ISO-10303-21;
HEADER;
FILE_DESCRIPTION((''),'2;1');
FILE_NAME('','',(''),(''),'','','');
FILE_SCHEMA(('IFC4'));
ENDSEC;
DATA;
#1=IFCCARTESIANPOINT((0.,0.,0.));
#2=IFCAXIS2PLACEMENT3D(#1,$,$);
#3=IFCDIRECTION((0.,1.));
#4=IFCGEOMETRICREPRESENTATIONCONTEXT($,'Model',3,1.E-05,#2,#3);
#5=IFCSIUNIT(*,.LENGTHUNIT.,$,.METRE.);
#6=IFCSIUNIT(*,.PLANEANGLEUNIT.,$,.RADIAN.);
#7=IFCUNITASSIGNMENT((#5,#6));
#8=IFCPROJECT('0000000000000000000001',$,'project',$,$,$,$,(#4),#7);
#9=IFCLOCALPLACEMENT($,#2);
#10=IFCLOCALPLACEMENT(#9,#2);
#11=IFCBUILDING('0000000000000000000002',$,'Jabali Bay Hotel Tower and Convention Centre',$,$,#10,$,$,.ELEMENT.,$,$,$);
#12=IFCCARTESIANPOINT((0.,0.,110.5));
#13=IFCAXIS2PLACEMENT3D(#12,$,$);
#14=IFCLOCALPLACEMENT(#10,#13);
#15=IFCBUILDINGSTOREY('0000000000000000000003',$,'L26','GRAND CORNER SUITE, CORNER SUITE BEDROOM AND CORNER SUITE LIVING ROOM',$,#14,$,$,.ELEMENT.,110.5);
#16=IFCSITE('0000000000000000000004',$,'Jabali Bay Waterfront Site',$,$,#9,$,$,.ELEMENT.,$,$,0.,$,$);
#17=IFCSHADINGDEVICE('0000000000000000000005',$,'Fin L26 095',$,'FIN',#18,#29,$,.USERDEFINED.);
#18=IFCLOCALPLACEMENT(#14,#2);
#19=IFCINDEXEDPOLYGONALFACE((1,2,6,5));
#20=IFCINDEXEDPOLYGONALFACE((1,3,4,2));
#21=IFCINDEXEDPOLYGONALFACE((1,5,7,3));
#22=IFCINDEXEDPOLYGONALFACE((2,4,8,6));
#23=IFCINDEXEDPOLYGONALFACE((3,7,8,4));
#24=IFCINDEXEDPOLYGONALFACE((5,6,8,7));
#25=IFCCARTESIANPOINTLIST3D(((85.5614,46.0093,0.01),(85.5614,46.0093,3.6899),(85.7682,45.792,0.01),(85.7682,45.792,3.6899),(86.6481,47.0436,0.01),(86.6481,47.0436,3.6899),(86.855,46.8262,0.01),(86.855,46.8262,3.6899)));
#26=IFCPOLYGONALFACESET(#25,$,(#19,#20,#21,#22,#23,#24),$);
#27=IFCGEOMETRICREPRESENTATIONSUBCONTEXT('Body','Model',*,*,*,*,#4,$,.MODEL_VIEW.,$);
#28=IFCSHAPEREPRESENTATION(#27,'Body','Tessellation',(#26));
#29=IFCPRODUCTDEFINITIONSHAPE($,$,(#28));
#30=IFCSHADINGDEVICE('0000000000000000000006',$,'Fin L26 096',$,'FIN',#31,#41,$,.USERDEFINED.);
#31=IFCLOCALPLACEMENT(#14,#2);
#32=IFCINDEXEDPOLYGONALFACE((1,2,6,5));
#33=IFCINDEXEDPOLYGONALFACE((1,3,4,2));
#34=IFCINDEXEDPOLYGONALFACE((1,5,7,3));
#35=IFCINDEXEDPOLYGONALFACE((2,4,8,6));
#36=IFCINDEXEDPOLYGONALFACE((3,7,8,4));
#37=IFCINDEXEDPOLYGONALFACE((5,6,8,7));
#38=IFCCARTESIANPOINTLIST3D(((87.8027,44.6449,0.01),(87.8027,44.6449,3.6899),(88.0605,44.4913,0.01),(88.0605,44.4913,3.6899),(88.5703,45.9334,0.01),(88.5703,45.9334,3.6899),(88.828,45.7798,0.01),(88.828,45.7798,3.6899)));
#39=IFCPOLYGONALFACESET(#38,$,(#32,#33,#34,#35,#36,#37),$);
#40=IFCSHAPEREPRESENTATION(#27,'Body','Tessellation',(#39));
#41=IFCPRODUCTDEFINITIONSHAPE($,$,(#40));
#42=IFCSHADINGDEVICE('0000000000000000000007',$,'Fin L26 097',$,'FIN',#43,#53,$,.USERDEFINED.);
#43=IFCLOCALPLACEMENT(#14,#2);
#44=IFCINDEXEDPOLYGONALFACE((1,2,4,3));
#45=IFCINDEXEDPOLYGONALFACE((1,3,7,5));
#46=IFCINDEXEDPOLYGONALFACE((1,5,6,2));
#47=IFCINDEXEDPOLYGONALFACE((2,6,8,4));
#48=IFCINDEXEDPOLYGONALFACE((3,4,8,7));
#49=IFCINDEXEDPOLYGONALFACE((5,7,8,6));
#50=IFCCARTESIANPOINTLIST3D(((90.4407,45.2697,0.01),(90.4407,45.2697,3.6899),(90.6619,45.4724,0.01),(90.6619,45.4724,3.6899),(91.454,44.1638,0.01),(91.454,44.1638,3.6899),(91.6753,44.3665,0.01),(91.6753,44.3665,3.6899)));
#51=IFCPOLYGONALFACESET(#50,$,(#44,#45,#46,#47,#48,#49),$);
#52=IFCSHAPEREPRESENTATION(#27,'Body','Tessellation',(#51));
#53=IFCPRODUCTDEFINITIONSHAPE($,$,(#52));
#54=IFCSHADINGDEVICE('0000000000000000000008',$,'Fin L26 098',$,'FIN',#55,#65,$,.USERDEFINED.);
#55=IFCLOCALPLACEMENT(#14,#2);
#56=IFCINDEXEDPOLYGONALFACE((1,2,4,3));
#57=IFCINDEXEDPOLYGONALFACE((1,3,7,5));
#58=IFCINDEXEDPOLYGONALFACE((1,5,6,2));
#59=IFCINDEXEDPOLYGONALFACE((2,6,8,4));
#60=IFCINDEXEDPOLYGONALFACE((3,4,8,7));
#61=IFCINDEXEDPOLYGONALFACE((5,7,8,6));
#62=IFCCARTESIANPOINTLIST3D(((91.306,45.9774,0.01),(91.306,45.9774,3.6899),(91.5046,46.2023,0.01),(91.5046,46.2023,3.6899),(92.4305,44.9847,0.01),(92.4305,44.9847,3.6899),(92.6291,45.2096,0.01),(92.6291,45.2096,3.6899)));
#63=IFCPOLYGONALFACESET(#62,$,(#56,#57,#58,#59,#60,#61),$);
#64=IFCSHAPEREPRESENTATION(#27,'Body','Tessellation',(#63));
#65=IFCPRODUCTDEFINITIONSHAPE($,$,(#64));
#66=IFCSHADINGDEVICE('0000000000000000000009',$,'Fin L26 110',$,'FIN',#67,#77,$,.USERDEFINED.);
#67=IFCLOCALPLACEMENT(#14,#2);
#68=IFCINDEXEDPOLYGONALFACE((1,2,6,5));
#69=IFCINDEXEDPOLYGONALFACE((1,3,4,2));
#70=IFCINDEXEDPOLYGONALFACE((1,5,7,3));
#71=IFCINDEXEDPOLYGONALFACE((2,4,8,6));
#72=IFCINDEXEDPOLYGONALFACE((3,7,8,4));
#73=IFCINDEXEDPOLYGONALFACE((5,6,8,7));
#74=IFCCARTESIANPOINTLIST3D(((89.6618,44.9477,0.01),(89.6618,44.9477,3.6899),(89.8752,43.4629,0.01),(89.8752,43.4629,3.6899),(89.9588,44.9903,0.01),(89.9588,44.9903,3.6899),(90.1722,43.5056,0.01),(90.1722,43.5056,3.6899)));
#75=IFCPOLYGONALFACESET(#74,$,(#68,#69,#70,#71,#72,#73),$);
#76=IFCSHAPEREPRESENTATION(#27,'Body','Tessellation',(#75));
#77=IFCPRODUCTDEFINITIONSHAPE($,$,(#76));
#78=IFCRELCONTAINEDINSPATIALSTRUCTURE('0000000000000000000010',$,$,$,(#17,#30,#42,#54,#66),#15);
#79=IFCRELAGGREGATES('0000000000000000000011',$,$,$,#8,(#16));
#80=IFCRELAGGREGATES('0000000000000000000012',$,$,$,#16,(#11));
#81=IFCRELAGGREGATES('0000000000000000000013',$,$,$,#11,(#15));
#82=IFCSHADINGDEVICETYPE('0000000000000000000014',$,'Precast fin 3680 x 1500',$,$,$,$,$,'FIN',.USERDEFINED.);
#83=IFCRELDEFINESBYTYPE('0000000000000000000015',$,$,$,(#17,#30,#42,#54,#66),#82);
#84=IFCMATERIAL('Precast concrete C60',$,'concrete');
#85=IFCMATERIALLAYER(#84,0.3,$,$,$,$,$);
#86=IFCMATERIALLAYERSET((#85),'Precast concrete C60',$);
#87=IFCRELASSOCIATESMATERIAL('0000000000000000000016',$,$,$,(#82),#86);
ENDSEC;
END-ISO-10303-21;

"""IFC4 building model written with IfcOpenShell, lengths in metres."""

from ifc_helpers import new_model, si_unit, direction, frame, frame_2d, origin, place, context, subcontext, project, spatial, rectangle, extrude, material, layer, layer_set, type_object, element, save


model = new_model("IFC4")

# Units and contexts
model_context = context("Model", 3, precision=1e-05, world=origin(), true_north=direction((0.0, 1.0)))
body_context = subcontext(model_context, "Body", "Model", "MODEL_VIEW")
ifc_project = project(units=[si_unit("LENGTHUNIT", "METRE"), si_unit("PLANEANGLEUNIT", "RADIAN")], contexts=[model_context])

# Site, building, storey
site_placement = place(None, origin())
site = spatial("IfcSite", under=ifc_project, at=site_placement, Name="Jabali Bay Waterfront Site", CompositionType="ELEMENT", RefElevation=0.0)
building_placement = place(site_placement, origin())
building = spatial("IfcBuilding", under=site, at=building_placement, Name="Jabali Bay Hotel Tower and Convention Centre", CompositionType="ELEMENT")
storey_placement = place(building_placement, frame((0.0, 0.0, 110.5)))
storey = spatial("IfcBuildingStorey", under=building, at=storey_placement, Name="L26", Description="GRAND CORNER SUITE, CORNER SUITE BEDROOM AND CORNER SUITE LIVING ROOM", CompositionType="ELEMENT", Elevation=110.5)

# Shading devices
ifc_material_1 = material(Name="Precast concrete C60", Category="concrete")
ifc_layer_1 = layer(ifc_material_1, 0.3)
ifc_layer_set_1 = layer_set([ifc_layer_1], Name="Precast concrete C60")
shading_device_type = type_object("IfcShadingDeviceType", Name="Precast fin 3680 x 1500", ElementType="FIN", PredefinedType="USERDEFINED", material=ifc_layer_set_1)
shading_device_1_placement = place(storey_placement, frame((86.7515, 46.9348, 0.01), z_axis=(0.0, 0.0, 1.0), x_axis=(-0.724386, -0.689395, 0.0)))
element("IfcShadingDevice", 1, at=shading_device_1_placement, inside=storey, type_object=shading_device_type, Name="Fin L26 095", ObjectType="FIN", PredefinedType="USERDEFINED", context=body_context, shape_type="SweptSolid", body=[
    extrude(rectangle(XDim=1.5002, YDim=0.3, at=frame_2d((0.75, 0.0))), origin(), (0.0, 0.0, 1.0), 3.6799),
])
shading_device_2_placement = place(storey_placement, frame((88.6992, 45.8567, 0.01), z_axis=(0.0, 0.0, 1.0), x_axis=(-0.511764, -0.859126, 0.0)))
element("IfcShadingDevice", 2, at=shading_device_2_placement, inside=storey, type_object=shading_device_type, Name="Fin L26 096", ObjectType="FIN", PredefinedType="USERDEFINED", context=body_context, shape_type="SweptSolid", body=[
    extrude(rectangle(XDim=1.4998, YDim=0.3, at=frame_2d((0.75, 0.0))), origin(), (0.0, 0.0, 1.0), 3.6799),
])
for number, where, z_axis, x_axis, name in (
    (3, (90.5513, 45.3711, 0.01), (0.0, 0.0, 1.0), (0.675592, -0.737276, 0.0), "Fin L26 097"),
    (4, (91.4053, 46.0898, 0.01), (0.0, 0.0, 1.0), (0.749686, -0.661794, 0.0), "Fin L26 098"),
    (5, (89.8103, 44.969, 0.01), (0.0, 0.0, 1.0), (0.142242, -0.989832, 0.0), "Fin L26 110"),
):
    element("IfcShadingDevice", number, at=place(storey_placement, frame(where, z_axis=z_axis, x_axis=x_axis)), inside=storey, type_object=shading_device_type, Name=name, ObjectType="FIN", PredefinedType="USERDEFINED", context=body_context, shape_type="SweptSolid", body=[
        extrude(rectangle(XDim=1.5, YDim=0.3, at=frame_2d((0.75, 0.0))), origin(), (0.0, 0.0, 1.0), 3.6799),
    ])

save(model, "model.ifc")
